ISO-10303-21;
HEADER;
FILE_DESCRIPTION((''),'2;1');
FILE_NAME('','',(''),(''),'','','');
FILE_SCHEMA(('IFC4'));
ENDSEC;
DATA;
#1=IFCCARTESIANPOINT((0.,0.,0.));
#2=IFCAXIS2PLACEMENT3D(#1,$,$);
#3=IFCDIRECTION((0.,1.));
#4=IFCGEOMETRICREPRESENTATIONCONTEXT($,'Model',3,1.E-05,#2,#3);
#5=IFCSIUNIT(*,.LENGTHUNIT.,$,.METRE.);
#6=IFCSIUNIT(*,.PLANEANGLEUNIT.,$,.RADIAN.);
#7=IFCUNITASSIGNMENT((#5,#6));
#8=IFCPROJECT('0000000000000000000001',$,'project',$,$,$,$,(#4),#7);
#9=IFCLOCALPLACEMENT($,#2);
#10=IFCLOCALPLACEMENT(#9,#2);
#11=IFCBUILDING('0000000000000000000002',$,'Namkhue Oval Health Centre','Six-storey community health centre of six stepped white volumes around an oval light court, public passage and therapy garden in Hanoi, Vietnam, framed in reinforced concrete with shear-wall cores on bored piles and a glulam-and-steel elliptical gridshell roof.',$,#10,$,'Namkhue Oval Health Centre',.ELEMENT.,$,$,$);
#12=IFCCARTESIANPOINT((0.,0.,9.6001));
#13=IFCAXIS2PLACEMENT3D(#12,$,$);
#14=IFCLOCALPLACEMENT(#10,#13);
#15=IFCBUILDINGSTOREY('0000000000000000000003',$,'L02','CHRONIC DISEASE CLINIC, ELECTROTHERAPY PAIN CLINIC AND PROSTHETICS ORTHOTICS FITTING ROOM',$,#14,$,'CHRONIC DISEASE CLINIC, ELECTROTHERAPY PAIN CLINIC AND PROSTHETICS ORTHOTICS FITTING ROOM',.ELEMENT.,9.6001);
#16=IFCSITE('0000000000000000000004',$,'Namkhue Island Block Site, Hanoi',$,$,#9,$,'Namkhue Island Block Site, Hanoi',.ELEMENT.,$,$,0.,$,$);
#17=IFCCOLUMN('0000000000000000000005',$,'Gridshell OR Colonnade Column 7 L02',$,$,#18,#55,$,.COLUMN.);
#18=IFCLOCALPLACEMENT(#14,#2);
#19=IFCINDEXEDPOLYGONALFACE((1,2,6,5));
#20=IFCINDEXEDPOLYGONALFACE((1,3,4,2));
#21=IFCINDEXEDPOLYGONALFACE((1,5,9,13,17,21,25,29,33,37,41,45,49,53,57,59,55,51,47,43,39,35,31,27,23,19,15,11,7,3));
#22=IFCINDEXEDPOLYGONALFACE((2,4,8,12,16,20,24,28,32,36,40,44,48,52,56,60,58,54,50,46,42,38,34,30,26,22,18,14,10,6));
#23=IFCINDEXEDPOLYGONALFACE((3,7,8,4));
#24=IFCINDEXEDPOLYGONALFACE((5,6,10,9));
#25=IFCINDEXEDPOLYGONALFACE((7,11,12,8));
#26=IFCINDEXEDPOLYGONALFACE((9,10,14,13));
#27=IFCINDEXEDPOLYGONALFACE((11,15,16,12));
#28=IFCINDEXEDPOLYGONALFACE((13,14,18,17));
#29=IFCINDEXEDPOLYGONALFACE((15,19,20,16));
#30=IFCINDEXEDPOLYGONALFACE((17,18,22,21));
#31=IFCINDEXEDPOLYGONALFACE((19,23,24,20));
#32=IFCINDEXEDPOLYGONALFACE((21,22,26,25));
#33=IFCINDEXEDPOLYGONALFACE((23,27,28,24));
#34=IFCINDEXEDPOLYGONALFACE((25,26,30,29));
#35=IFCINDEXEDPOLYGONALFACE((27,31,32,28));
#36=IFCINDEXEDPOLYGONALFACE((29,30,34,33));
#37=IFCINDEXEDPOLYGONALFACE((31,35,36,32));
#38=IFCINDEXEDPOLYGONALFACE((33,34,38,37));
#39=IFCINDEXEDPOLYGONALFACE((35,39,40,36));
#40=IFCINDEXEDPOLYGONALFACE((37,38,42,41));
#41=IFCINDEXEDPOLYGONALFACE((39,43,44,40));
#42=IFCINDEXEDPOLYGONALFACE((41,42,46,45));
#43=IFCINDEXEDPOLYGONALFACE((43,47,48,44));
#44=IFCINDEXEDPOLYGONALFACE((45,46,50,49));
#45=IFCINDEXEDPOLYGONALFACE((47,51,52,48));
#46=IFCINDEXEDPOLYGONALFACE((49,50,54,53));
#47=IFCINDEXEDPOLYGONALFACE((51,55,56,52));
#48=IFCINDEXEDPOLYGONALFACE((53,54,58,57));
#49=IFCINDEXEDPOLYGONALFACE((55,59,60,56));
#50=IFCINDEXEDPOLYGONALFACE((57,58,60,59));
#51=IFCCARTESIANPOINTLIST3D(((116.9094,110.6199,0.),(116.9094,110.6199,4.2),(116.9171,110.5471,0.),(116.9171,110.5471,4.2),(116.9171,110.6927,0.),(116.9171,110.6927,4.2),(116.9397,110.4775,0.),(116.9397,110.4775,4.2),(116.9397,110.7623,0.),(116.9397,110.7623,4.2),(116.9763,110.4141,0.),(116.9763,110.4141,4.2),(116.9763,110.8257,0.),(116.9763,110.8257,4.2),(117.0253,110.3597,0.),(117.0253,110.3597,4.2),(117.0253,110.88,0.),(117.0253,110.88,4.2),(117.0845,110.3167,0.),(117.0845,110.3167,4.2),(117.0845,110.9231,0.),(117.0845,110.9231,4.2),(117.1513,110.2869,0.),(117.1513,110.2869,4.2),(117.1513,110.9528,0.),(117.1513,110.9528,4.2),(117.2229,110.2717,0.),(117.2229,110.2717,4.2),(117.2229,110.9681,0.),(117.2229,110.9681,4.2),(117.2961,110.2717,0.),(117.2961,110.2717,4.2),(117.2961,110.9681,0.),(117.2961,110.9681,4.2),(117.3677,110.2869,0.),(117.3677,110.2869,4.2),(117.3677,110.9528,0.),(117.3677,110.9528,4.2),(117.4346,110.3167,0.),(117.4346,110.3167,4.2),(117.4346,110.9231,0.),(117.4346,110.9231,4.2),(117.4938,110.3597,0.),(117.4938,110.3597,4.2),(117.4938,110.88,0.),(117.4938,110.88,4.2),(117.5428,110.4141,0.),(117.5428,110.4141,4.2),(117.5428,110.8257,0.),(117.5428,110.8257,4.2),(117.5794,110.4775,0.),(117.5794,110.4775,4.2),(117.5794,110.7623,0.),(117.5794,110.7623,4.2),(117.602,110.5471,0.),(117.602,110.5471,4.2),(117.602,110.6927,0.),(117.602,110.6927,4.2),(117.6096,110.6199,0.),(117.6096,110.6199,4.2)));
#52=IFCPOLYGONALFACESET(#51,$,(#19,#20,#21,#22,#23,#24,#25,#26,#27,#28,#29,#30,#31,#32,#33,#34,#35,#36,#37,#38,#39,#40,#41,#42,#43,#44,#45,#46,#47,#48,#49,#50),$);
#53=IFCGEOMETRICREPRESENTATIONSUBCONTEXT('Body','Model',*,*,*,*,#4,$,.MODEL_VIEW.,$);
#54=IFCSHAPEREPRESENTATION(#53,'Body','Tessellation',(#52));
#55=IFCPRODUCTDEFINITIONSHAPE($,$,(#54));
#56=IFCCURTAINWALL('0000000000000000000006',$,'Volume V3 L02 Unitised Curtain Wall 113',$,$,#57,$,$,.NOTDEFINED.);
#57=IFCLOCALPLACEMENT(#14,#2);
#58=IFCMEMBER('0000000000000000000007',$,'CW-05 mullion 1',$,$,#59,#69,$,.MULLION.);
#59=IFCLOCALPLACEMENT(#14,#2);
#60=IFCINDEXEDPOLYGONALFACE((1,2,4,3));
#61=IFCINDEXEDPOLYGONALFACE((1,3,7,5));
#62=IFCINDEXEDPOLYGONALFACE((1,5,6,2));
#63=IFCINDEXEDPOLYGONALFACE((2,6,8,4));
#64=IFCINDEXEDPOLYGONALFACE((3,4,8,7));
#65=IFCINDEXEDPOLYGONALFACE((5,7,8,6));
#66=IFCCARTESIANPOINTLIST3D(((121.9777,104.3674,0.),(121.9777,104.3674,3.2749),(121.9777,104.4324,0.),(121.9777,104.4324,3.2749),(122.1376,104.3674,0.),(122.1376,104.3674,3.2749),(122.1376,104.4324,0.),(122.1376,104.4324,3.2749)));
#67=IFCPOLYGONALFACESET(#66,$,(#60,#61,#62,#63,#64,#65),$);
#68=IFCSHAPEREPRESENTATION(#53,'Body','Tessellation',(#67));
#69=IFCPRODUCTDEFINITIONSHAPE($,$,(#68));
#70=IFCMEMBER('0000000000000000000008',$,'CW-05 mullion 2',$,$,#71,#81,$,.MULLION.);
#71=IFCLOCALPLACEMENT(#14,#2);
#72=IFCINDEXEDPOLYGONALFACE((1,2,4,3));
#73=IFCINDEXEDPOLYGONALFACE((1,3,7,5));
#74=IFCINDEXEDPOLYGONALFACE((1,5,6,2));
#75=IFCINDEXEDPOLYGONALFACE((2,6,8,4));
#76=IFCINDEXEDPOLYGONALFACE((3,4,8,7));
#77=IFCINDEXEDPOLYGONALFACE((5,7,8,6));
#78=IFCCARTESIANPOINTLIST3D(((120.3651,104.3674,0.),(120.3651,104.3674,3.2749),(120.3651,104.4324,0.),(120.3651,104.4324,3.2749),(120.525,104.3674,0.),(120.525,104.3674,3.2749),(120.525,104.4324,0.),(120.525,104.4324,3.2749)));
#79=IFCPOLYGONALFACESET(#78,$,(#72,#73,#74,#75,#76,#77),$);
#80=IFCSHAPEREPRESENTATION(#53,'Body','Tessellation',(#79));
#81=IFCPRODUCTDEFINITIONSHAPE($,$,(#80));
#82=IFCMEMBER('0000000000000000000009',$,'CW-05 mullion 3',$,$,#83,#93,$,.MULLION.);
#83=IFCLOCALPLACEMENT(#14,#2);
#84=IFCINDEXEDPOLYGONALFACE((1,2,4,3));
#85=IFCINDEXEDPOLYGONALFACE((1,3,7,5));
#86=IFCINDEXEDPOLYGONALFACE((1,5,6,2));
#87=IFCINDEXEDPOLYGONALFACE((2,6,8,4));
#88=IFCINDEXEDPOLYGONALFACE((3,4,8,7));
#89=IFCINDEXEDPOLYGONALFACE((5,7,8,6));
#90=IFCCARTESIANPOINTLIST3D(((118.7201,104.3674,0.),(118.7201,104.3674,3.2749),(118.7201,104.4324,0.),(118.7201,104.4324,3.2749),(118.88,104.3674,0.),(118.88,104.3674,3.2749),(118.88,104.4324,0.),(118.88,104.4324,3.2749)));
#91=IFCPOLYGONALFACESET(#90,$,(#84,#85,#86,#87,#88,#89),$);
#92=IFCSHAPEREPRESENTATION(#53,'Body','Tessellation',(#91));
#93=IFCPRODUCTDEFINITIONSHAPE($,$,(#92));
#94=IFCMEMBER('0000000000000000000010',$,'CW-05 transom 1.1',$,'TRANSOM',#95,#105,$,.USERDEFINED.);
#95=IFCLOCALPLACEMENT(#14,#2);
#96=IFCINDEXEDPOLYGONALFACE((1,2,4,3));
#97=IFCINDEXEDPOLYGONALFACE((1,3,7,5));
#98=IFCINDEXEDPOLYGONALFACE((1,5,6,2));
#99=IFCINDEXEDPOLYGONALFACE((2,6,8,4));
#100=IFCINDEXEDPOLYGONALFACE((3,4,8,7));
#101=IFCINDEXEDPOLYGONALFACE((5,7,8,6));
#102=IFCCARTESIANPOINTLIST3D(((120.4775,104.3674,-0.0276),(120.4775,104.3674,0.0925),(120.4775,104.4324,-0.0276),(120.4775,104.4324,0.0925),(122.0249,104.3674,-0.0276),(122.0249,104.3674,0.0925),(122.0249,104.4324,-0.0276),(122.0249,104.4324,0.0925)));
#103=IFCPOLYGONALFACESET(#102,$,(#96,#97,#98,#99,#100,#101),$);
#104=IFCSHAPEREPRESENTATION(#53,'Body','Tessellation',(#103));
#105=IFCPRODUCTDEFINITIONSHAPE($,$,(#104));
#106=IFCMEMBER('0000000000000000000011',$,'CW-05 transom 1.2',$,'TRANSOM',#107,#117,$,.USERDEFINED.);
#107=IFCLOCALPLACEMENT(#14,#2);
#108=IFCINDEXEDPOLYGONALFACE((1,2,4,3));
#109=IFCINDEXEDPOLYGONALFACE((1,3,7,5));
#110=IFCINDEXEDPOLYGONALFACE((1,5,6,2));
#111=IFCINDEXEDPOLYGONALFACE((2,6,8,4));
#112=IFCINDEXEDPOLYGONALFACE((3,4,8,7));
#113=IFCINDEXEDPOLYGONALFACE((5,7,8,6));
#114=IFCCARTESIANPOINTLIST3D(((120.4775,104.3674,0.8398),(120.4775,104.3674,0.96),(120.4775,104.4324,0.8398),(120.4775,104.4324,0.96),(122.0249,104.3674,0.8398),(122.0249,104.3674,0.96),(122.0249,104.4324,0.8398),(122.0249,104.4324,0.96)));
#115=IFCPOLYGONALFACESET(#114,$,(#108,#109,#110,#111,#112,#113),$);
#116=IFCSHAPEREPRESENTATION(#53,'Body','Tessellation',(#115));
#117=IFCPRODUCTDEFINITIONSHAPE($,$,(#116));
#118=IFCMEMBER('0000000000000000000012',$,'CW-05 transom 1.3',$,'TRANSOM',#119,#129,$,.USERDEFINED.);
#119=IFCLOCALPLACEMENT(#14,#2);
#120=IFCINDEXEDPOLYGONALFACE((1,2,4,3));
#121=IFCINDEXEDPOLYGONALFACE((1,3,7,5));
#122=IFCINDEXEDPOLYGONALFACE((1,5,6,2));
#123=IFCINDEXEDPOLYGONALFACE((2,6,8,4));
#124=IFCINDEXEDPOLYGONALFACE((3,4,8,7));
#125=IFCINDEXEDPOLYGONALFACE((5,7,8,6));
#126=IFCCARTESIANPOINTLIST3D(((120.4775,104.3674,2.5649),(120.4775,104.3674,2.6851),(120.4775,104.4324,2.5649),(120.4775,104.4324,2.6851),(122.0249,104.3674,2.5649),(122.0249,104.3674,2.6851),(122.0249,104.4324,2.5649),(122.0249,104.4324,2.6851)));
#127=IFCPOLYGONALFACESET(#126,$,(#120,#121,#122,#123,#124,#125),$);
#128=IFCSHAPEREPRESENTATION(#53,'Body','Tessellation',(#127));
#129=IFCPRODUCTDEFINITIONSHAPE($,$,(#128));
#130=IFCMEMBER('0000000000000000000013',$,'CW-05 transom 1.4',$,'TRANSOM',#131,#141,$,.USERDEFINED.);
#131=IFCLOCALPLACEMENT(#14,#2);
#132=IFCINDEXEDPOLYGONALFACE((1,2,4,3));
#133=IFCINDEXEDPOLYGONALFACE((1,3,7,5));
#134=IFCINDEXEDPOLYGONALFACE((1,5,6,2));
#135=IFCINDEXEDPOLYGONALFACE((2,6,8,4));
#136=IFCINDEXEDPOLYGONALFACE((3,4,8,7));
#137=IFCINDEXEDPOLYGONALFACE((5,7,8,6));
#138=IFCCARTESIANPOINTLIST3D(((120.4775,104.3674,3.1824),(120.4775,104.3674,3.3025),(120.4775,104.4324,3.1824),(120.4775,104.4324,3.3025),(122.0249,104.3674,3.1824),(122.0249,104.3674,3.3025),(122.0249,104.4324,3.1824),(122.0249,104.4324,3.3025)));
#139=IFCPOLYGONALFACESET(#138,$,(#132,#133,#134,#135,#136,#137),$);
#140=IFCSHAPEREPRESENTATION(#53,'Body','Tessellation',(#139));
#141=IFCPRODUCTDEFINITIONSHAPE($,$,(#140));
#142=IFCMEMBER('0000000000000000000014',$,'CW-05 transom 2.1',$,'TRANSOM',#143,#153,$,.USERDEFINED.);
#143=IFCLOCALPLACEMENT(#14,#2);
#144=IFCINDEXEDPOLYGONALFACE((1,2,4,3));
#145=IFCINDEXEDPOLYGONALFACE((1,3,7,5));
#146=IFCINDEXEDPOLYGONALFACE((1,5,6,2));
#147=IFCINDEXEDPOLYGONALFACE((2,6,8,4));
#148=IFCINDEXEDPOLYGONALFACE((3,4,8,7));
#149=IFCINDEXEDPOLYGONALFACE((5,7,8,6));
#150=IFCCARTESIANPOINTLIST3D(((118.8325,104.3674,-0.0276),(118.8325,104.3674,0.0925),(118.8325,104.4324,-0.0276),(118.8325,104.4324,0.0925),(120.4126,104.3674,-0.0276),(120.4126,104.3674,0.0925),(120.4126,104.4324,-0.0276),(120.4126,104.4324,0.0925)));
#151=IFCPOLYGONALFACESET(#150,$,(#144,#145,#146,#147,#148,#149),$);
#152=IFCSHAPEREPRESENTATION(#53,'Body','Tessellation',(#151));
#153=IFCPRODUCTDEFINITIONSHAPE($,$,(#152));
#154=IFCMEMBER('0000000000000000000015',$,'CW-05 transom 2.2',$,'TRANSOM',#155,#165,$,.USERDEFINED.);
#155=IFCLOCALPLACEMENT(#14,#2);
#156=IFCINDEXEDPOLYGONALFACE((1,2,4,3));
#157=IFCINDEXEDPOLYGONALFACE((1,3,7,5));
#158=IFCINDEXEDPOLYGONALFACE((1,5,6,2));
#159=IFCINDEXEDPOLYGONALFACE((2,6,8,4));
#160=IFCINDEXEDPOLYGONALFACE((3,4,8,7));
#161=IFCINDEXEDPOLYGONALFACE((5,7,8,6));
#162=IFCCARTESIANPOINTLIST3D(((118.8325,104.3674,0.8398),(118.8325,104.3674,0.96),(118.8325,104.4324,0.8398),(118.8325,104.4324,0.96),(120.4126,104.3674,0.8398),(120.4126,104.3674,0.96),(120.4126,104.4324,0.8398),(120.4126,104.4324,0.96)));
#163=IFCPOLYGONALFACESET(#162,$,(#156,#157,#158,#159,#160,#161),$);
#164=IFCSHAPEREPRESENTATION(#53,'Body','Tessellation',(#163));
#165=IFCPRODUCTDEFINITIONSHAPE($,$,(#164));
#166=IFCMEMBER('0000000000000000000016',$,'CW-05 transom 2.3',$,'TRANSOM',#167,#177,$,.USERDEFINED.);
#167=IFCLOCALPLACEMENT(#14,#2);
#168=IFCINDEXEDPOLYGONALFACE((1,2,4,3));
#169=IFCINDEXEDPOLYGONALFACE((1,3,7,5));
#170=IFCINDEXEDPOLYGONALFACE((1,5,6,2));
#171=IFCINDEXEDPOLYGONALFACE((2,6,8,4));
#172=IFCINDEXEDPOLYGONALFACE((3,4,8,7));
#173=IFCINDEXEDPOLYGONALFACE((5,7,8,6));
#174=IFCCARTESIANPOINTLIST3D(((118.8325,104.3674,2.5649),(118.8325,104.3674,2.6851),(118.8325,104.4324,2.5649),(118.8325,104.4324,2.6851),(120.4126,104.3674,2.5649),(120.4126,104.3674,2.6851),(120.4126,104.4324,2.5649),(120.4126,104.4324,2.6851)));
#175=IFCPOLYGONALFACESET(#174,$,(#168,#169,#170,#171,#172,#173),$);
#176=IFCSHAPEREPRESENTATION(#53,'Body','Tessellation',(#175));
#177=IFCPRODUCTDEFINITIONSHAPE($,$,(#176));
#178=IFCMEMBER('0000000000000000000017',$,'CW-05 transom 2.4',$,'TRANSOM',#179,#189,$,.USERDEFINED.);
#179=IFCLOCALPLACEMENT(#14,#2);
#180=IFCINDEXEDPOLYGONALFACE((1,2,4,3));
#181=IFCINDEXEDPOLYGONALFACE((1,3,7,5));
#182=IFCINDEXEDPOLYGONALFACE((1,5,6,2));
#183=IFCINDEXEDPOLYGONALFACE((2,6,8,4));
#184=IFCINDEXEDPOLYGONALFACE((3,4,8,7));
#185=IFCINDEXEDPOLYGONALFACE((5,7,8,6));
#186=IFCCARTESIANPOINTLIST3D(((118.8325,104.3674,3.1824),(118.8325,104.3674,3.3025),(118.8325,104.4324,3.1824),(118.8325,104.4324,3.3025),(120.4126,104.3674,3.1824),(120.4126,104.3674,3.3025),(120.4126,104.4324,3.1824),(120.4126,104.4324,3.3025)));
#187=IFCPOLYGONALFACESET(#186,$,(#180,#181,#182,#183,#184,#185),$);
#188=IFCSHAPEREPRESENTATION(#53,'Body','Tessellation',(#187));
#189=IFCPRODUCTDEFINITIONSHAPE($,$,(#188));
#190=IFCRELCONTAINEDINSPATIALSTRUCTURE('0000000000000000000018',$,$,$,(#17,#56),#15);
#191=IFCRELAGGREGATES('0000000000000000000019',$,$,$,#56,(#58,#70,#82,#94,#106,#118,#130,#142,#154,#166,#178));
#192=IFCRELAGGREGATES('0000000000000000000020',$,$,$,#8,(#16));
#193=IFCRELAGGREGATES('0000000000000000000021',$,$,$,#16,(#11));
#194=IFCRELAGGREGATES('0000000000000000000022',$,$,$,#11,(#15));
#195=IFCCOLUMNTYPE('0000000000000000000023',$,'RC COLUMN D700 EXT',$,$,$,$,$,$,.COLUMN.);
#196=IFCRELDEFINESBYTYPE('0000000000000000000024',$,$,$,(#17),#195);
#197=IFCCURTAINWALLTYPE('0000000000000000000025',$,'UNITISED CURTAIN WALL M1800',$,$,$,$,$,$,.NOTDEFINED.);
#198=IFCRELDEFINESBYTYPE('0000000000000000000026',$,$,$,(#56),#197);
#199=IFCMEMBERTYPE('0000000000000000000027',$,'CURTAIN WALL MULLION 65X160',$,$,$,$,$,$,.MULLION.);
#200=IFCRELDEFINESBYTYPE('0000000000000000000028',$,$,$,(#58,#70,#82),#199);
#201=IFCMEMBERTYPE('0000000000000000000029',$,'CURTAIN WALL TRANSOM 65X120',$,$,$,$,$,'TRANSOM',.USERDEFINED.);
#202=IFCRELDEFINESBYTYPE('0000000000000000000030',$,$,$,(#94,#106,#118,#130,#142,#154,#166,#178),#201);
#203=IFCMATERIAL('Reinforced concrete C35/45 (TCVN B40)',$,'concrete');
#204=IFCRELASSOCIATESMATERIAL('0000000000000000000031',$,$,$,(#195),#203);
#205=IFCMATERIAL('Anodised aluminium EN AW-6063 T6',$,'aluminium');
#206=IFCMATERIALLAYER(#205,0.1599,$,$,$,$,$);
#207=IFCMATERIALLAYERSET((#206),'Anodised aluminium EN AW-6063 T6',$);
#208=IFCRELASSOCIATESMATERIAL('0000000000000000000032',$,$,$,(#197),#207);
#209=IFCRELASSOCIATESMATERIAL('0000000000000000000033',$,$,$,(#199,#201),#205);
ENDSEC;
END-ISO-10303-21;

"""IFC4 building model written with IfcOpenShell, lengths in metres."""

from ifc_helpers import new_model, si_unit, direction, frame, origin, origin_2d, place, context, subcontext, project, spatial, rectangle, circle, extrude, material, layer, layer_set, material_profile, profile_set, type_object, element, aggregate, save


model = new_model("IFC4")

# Units and contexts
model_context = context("Model", 3, precision=1e-05, world=origin(), true_north=direction((0.0, 1.0)))
body_context = subcontext(model_context, "Body", "Model", "MODEL_VIEW")
ifc_project = project(units=[si_unit("LENGTHUNIT", "METRE"), si_unit("PLANEANGLEUNIT", "RADIAN")], contexts=[model_context])

# Site, building, storey
site_placement = place(None, origin())
site = spatial("IfcSite", under=ifc_project, at=site_placement, Name="Namkhue Island Block Site, Hanoi", LongName="Namkhue Island Block Site, Hanoi", CompositionType="ELEMENT", RefElevation=0.0)
building_placement = place(site_placement, origin())
building = spatial("IfcBuilding", under=site, at=building_placement, Name="Namkhue Oval Health Centre", Description="Six-storey community health centre of six stepped white volumes around an oval light court, public passage and therapy garden in Hanoi, Vietnam, framed in reinforced concrete with shear-wall cores on bored piles and a glulam-and-steel elliptical gridshell roof.", LongName="Namkhue Oval Health Centre", CompositionType="ELEMENT")
storey_placement = place(building_placement, frame((0.0, 0.0, 9.6001)))
storey = spatial("IfcBuildingStorey", under=building, at=storey_placement, Name="L02", Description="CHRONIC DISEASE CLINIC, ELECTROTHERAPY PAIN CLINIC AND PROSTHETICS ORTHOTICS FITTING ROOM", LongName="CHRONIC DISEASE CLINIC, ELECTROTHERAPY PAIN CLINIC AND PROSTHETICS ORTHOTICS FITTING ROOM", CompositionType="ELEMENT", Elevation=9.6001)

# Column
ifc_material_1 = material(Name="Reinforced concrete C35/45 (TCVN B40)", Category="concrete")
ifc_material_profile_1 = material_profile(ifc_material_1, circle(Radius=0.3501, at=origin_2d()), Name="RC D700")
ifc_profile_set_1 = profile_set([ifc_material_profile_1], Name="Reinforced concrete C35/45 (TCVN B40)")
column_type = type_object("IfcColumnType", Name="RC COLUMN D700 EXT", PredefinedType="COLUMN", material=ifc_profile_set_1)
column_placement = place(storey_placement, frame((117.2595, 110.6199, 0.0), z_axis=(0.0, 0.0, 1.0), x_axis=(1.0, 0.0, 0.0)))
element("IfcColumn", 1, at=column_placement, inside=storey, type_object=column_type, Name="Gridshell OR Colonnade Column 7 L02", PredefinedType="COLUMN", context=body_context, shape_type="SweptSolid", body=[
    extrude(circle(Radius=0.3501, at=origin_2d()), origin(), (0.0, 0.0, 1.0), 4.2),
])

# Curtain wall, members
ifc_material_2 = material(Name="Anodised aluminium EN AW-6063 T6", Category="aluminium")
ifc_layer_1 = layer(ifc_material_2, 0.1599)
ifc_layer_set_1 = layer_set([ifc_layer_1], Name="Anodised aluminium EN AW-6063 T6")
curtain_wall_type = type_object("IfcCurtainWallType", Name="UNITISED CURTAIN WALL M1800", PredefinedType="NOTDEFINED", material=ifc_layer_set_1)
curtain_wall_placement = place(storey_placement, origin())
curtain_wall = element("IfcCurtainWall", 2, at=curtain_wall_placement, inside=storey, type_object=curtain_wall_type, Name="Volume V3 L02 Unitised Curtain Wall 113", PredefinedType="NOTDEFINED")
ifc_material_profile_2 = material_profile(ifc_material_2, rectangle(XDim=0.0649, YDim=0.1599, at=origin_2d()), Name="ALU 65x160")
ifc_profile_set_2 = profile_set([ifc_material_profile_2], Name="Anodised aluminium EN AW-6063 T6")
member_type_1 = type_object("IfcMemberType", Name="CURTAIN WALL MULLION 65X160", PredefinedType="MULLION", material=ifc_profile_set_2)
member_1_placement = place(storey_placement, frame((122.0576, 104.3999, 0.0), z_axis=(0.0, 0.0, 1.0), x_axis=(0.0, -1.0, 0.0)))
member_1 = element("IfcMember", 3, at=member_1_placement, type_object=member_type_1, Name="CW-05 mullion 1", PredefinedType="MULLION", context=body_context, shape_type="SweptSolid", body=[
    extrude(rectangle(XDim=0.0649, YDim=0.1599, at=origin_2d()), origin(), (0.0, 0.0, 1.0), 3.2749),
])
member_2_placement = place(storey_placement, frame((120.4451, 104.3999, 0.0), z_axis=(0.0, 0.0, 1.0), x_axis=(0.0, -1.0, 0.0)))
member_2 = element("IfcMember", 4, at=member_2_placement, type_object=member_type_1, Name="CW-05 mullion 2", PredefinedType="MULLION", context=body_context, shape_type="SweptSolid", body=[
    extrude(rectangle(XDim=0.0649, YDim=0.1599, at=origin_2d()), origin(), (0.0, 0.0, 1.0), 3.2749),
])
member_3_placement = place(storey_placement, frame((118.8, 104.3999, 0.0), z_axis=(0.0, 0.0, 1.0), x_axis=(0.0, -1.0, 0.0)))
member_3 = element("IfcMember", 5, at=member_3_placement, type_object=member_type_1, Name="CW-05 mullion 3", PredefinedType="MULLION", context=body_context, shape_type="SweptSolid", body=[
    extrude(rectangle(XDim=0.0649, YDim=0.1599, at=origin_2d()), origin(), (0.0, 0.0, 1.0), 3.2749),
])
ifc_material_profile_3 = material_profile(ifc_material_2, rectangle(XDim=0.0649, YDim=0.1201, at=origin_2d()), Name="ALU 65x120")
ifc_profile_set_3 = profile_set([ifc_material_profile_3], Name="Anodised aluminium EN AW-6063 T6")
member_type_2 = type_object("IfcMemberType", Name="CURTAIN WALL TRANSOM 65X120", ElementType="TRANSOM", PredefinedType="USERDEFINED", material=ifc_profile_set_3)
member_4_placement = place(storey_placement, frame((122.0249, 104.3999, 0.0325), z_axis=(-1.0, 0.0, 0.0), x_axis=(0.0, -1.0, 0.0)))
member_4 = element("IfcMember", 6, at=member_4_placement, type_object=member_type_2, Name="CW-05 transom 1.1", ObjectType="TRANSOM", PredefinedType="USERDEFINED", context=body_context, shape_type="SweptSolid", body=[
    extrude(rectangle(XDim=0.0649, YDim=0.1201, at=origin_2d()), origin(), (0.0, 0.0, 1.0), 1.5474),
])
member_5_placement = place(storey_placement, frame((122.0249, 104.3999, 0.8999), z_axis=(-1.0, 0.0, 0.0), x_axis=(0.0, -1.0, 0.0)))
member_5 = element("IfcMember", 7, at=member_5_placement, type_object=member_type_2, Name="CW-05 transom 1.2", ObjectType="TRANSOM", PredefinedType="USERDEFINED", context=body_context, shape_type="SweptSolid", body=[
    extrude(rectangle(XDim=0.0649, YDim=0.1201, at=origin_2d()), origin(), (0.0, 0.0, 1.0), 1.5474),
])
member_6_placement = place(storey_placement, frame((122.0249, 104.3999, 2.625), z_axis=(-1.0, 0.0, 0.0), x_axis=(0.0, -1.0, 0.0)))
member_6 = element("IfcMember", 8, at=member_6_placement, type_object=member_type_2, Name="CW-05 transom 1.3", ObjectType="TRANSOM", PredefinedType="USERDEFINED", context=body_context, shape_type="SweptSolid", body=[
    extrude(rectangle(XDim=0.0649, YDim=0.1201, at=origin_2d()), origin(), (0.0, 0.0, 1.0), 1.5474),
])
member_7_placement = place(storey_placement, frame((122.0249, 104.3999, 3.2424), z_axis=(-1.0, 0.0, 0.0), x_axis=(0.0, -1.0, 0.0)))
member_7 = element("IfcMember", 9, at=member_7_placement, type_object=member_type_2, Name="CW-05 transom 1.4", ObjectType="TRANSOM", PredefinedType="USERDEFINED", context=body_context, shape_type="SweptSolid", body=[
    extrude(rectangle(XDim=0.0649, YDim=0.1201, at=origin_2d()), origin(), (0.0, 0.0, 1.0), 1.5474),
])
member_8_placement = place(storey_placement, frame((120.4126, 104.3999, 0.0325), z_axis=(-1.0, 0.0, 0.0), x_axis=(0.0, -1.0, 0.0)))
member_8 = element("IfcMember", 10, at=member_8_placement, type_object=member_type_2, Name="CW-05 transom 2.1", ObjectType="TRANSOM", PredefinedType="USERDEFINED", context=body_context, shape_type="SweptSolid", body=[
    extrude(rectangle(XDim=0.0649, YDim=0.1201, at=origin_2d()), origin(), (0.0, 0.0, 1.0), 1.5801),
])
member_9_placement = place(storey_placement, frame((120.4126, 104.3999, 0.8999), z_axis=(-1.0, 0.0, 0.0), x_axis=(0.0, -1.0, 0.0)))
member_9 = element("IfcMember", 11, at=member_9_placement, type_object=member_type_2, Name="CW-05 transom 2.2", ObjectType="TRANSOM", PredefinedType="USERDEFINED", context=body_context, shape_type="SweptSolid", body=[
    extrude(rectangle(XDim=0.0649, YDim=0.1201, at=origin_2d()), origin(), (0.0, 0.0, 1.0), 1.5801),
])
member_10_placement = place(storey_placement, frame((120.4126, 104.3999, 2.625), z_axis=(-1.0, 0.0, 0.0), x_axis=(0.0, -1.0, 0.0)))
member_10 = element("IfcMember", 12, at=member_10_placement, type_object=member_type_2, Name="CW-05 transom 2.3", ObjectType="TRANSOM", PredefinedType="USERDEFINED", context=body_context, shape_type="SweptSolid", body=[
    extrude(rectangle(XDim=0.0649, YDim=0.1201, at=origin_2d()), origin(), (0.0, 0.0, 1.0), 1.5801),
])
member_11_placement = place(storey_placement, frame((120.4126, 104.3999, 3.2424), z_axis=(-1.0, 0.0, 0.0), x_axis=(0.0, -1.0, 0.0)))
member_11 = element("IfcMember", 13, at=member_11_placement, type_object=member_type_2, Name="CW-05 transom 2.4", ObjectType="TRANSOM", PredefinedType="USERDEFINED", context=body_context, shape_type="SweptSolid", body=[
    extrude(rectangle(XDim=0.0649, YDim=0.1201, at=origin_2d()), origin(), (0.0, 0.0, 1.0), 1.5801),
])
aggregate(curtain_wall, [member_1, member_2, member_3, member_4, member_5, member_6, member_7, member_8, member_9, member_10, member_11])

save(model, "model.ifc")
